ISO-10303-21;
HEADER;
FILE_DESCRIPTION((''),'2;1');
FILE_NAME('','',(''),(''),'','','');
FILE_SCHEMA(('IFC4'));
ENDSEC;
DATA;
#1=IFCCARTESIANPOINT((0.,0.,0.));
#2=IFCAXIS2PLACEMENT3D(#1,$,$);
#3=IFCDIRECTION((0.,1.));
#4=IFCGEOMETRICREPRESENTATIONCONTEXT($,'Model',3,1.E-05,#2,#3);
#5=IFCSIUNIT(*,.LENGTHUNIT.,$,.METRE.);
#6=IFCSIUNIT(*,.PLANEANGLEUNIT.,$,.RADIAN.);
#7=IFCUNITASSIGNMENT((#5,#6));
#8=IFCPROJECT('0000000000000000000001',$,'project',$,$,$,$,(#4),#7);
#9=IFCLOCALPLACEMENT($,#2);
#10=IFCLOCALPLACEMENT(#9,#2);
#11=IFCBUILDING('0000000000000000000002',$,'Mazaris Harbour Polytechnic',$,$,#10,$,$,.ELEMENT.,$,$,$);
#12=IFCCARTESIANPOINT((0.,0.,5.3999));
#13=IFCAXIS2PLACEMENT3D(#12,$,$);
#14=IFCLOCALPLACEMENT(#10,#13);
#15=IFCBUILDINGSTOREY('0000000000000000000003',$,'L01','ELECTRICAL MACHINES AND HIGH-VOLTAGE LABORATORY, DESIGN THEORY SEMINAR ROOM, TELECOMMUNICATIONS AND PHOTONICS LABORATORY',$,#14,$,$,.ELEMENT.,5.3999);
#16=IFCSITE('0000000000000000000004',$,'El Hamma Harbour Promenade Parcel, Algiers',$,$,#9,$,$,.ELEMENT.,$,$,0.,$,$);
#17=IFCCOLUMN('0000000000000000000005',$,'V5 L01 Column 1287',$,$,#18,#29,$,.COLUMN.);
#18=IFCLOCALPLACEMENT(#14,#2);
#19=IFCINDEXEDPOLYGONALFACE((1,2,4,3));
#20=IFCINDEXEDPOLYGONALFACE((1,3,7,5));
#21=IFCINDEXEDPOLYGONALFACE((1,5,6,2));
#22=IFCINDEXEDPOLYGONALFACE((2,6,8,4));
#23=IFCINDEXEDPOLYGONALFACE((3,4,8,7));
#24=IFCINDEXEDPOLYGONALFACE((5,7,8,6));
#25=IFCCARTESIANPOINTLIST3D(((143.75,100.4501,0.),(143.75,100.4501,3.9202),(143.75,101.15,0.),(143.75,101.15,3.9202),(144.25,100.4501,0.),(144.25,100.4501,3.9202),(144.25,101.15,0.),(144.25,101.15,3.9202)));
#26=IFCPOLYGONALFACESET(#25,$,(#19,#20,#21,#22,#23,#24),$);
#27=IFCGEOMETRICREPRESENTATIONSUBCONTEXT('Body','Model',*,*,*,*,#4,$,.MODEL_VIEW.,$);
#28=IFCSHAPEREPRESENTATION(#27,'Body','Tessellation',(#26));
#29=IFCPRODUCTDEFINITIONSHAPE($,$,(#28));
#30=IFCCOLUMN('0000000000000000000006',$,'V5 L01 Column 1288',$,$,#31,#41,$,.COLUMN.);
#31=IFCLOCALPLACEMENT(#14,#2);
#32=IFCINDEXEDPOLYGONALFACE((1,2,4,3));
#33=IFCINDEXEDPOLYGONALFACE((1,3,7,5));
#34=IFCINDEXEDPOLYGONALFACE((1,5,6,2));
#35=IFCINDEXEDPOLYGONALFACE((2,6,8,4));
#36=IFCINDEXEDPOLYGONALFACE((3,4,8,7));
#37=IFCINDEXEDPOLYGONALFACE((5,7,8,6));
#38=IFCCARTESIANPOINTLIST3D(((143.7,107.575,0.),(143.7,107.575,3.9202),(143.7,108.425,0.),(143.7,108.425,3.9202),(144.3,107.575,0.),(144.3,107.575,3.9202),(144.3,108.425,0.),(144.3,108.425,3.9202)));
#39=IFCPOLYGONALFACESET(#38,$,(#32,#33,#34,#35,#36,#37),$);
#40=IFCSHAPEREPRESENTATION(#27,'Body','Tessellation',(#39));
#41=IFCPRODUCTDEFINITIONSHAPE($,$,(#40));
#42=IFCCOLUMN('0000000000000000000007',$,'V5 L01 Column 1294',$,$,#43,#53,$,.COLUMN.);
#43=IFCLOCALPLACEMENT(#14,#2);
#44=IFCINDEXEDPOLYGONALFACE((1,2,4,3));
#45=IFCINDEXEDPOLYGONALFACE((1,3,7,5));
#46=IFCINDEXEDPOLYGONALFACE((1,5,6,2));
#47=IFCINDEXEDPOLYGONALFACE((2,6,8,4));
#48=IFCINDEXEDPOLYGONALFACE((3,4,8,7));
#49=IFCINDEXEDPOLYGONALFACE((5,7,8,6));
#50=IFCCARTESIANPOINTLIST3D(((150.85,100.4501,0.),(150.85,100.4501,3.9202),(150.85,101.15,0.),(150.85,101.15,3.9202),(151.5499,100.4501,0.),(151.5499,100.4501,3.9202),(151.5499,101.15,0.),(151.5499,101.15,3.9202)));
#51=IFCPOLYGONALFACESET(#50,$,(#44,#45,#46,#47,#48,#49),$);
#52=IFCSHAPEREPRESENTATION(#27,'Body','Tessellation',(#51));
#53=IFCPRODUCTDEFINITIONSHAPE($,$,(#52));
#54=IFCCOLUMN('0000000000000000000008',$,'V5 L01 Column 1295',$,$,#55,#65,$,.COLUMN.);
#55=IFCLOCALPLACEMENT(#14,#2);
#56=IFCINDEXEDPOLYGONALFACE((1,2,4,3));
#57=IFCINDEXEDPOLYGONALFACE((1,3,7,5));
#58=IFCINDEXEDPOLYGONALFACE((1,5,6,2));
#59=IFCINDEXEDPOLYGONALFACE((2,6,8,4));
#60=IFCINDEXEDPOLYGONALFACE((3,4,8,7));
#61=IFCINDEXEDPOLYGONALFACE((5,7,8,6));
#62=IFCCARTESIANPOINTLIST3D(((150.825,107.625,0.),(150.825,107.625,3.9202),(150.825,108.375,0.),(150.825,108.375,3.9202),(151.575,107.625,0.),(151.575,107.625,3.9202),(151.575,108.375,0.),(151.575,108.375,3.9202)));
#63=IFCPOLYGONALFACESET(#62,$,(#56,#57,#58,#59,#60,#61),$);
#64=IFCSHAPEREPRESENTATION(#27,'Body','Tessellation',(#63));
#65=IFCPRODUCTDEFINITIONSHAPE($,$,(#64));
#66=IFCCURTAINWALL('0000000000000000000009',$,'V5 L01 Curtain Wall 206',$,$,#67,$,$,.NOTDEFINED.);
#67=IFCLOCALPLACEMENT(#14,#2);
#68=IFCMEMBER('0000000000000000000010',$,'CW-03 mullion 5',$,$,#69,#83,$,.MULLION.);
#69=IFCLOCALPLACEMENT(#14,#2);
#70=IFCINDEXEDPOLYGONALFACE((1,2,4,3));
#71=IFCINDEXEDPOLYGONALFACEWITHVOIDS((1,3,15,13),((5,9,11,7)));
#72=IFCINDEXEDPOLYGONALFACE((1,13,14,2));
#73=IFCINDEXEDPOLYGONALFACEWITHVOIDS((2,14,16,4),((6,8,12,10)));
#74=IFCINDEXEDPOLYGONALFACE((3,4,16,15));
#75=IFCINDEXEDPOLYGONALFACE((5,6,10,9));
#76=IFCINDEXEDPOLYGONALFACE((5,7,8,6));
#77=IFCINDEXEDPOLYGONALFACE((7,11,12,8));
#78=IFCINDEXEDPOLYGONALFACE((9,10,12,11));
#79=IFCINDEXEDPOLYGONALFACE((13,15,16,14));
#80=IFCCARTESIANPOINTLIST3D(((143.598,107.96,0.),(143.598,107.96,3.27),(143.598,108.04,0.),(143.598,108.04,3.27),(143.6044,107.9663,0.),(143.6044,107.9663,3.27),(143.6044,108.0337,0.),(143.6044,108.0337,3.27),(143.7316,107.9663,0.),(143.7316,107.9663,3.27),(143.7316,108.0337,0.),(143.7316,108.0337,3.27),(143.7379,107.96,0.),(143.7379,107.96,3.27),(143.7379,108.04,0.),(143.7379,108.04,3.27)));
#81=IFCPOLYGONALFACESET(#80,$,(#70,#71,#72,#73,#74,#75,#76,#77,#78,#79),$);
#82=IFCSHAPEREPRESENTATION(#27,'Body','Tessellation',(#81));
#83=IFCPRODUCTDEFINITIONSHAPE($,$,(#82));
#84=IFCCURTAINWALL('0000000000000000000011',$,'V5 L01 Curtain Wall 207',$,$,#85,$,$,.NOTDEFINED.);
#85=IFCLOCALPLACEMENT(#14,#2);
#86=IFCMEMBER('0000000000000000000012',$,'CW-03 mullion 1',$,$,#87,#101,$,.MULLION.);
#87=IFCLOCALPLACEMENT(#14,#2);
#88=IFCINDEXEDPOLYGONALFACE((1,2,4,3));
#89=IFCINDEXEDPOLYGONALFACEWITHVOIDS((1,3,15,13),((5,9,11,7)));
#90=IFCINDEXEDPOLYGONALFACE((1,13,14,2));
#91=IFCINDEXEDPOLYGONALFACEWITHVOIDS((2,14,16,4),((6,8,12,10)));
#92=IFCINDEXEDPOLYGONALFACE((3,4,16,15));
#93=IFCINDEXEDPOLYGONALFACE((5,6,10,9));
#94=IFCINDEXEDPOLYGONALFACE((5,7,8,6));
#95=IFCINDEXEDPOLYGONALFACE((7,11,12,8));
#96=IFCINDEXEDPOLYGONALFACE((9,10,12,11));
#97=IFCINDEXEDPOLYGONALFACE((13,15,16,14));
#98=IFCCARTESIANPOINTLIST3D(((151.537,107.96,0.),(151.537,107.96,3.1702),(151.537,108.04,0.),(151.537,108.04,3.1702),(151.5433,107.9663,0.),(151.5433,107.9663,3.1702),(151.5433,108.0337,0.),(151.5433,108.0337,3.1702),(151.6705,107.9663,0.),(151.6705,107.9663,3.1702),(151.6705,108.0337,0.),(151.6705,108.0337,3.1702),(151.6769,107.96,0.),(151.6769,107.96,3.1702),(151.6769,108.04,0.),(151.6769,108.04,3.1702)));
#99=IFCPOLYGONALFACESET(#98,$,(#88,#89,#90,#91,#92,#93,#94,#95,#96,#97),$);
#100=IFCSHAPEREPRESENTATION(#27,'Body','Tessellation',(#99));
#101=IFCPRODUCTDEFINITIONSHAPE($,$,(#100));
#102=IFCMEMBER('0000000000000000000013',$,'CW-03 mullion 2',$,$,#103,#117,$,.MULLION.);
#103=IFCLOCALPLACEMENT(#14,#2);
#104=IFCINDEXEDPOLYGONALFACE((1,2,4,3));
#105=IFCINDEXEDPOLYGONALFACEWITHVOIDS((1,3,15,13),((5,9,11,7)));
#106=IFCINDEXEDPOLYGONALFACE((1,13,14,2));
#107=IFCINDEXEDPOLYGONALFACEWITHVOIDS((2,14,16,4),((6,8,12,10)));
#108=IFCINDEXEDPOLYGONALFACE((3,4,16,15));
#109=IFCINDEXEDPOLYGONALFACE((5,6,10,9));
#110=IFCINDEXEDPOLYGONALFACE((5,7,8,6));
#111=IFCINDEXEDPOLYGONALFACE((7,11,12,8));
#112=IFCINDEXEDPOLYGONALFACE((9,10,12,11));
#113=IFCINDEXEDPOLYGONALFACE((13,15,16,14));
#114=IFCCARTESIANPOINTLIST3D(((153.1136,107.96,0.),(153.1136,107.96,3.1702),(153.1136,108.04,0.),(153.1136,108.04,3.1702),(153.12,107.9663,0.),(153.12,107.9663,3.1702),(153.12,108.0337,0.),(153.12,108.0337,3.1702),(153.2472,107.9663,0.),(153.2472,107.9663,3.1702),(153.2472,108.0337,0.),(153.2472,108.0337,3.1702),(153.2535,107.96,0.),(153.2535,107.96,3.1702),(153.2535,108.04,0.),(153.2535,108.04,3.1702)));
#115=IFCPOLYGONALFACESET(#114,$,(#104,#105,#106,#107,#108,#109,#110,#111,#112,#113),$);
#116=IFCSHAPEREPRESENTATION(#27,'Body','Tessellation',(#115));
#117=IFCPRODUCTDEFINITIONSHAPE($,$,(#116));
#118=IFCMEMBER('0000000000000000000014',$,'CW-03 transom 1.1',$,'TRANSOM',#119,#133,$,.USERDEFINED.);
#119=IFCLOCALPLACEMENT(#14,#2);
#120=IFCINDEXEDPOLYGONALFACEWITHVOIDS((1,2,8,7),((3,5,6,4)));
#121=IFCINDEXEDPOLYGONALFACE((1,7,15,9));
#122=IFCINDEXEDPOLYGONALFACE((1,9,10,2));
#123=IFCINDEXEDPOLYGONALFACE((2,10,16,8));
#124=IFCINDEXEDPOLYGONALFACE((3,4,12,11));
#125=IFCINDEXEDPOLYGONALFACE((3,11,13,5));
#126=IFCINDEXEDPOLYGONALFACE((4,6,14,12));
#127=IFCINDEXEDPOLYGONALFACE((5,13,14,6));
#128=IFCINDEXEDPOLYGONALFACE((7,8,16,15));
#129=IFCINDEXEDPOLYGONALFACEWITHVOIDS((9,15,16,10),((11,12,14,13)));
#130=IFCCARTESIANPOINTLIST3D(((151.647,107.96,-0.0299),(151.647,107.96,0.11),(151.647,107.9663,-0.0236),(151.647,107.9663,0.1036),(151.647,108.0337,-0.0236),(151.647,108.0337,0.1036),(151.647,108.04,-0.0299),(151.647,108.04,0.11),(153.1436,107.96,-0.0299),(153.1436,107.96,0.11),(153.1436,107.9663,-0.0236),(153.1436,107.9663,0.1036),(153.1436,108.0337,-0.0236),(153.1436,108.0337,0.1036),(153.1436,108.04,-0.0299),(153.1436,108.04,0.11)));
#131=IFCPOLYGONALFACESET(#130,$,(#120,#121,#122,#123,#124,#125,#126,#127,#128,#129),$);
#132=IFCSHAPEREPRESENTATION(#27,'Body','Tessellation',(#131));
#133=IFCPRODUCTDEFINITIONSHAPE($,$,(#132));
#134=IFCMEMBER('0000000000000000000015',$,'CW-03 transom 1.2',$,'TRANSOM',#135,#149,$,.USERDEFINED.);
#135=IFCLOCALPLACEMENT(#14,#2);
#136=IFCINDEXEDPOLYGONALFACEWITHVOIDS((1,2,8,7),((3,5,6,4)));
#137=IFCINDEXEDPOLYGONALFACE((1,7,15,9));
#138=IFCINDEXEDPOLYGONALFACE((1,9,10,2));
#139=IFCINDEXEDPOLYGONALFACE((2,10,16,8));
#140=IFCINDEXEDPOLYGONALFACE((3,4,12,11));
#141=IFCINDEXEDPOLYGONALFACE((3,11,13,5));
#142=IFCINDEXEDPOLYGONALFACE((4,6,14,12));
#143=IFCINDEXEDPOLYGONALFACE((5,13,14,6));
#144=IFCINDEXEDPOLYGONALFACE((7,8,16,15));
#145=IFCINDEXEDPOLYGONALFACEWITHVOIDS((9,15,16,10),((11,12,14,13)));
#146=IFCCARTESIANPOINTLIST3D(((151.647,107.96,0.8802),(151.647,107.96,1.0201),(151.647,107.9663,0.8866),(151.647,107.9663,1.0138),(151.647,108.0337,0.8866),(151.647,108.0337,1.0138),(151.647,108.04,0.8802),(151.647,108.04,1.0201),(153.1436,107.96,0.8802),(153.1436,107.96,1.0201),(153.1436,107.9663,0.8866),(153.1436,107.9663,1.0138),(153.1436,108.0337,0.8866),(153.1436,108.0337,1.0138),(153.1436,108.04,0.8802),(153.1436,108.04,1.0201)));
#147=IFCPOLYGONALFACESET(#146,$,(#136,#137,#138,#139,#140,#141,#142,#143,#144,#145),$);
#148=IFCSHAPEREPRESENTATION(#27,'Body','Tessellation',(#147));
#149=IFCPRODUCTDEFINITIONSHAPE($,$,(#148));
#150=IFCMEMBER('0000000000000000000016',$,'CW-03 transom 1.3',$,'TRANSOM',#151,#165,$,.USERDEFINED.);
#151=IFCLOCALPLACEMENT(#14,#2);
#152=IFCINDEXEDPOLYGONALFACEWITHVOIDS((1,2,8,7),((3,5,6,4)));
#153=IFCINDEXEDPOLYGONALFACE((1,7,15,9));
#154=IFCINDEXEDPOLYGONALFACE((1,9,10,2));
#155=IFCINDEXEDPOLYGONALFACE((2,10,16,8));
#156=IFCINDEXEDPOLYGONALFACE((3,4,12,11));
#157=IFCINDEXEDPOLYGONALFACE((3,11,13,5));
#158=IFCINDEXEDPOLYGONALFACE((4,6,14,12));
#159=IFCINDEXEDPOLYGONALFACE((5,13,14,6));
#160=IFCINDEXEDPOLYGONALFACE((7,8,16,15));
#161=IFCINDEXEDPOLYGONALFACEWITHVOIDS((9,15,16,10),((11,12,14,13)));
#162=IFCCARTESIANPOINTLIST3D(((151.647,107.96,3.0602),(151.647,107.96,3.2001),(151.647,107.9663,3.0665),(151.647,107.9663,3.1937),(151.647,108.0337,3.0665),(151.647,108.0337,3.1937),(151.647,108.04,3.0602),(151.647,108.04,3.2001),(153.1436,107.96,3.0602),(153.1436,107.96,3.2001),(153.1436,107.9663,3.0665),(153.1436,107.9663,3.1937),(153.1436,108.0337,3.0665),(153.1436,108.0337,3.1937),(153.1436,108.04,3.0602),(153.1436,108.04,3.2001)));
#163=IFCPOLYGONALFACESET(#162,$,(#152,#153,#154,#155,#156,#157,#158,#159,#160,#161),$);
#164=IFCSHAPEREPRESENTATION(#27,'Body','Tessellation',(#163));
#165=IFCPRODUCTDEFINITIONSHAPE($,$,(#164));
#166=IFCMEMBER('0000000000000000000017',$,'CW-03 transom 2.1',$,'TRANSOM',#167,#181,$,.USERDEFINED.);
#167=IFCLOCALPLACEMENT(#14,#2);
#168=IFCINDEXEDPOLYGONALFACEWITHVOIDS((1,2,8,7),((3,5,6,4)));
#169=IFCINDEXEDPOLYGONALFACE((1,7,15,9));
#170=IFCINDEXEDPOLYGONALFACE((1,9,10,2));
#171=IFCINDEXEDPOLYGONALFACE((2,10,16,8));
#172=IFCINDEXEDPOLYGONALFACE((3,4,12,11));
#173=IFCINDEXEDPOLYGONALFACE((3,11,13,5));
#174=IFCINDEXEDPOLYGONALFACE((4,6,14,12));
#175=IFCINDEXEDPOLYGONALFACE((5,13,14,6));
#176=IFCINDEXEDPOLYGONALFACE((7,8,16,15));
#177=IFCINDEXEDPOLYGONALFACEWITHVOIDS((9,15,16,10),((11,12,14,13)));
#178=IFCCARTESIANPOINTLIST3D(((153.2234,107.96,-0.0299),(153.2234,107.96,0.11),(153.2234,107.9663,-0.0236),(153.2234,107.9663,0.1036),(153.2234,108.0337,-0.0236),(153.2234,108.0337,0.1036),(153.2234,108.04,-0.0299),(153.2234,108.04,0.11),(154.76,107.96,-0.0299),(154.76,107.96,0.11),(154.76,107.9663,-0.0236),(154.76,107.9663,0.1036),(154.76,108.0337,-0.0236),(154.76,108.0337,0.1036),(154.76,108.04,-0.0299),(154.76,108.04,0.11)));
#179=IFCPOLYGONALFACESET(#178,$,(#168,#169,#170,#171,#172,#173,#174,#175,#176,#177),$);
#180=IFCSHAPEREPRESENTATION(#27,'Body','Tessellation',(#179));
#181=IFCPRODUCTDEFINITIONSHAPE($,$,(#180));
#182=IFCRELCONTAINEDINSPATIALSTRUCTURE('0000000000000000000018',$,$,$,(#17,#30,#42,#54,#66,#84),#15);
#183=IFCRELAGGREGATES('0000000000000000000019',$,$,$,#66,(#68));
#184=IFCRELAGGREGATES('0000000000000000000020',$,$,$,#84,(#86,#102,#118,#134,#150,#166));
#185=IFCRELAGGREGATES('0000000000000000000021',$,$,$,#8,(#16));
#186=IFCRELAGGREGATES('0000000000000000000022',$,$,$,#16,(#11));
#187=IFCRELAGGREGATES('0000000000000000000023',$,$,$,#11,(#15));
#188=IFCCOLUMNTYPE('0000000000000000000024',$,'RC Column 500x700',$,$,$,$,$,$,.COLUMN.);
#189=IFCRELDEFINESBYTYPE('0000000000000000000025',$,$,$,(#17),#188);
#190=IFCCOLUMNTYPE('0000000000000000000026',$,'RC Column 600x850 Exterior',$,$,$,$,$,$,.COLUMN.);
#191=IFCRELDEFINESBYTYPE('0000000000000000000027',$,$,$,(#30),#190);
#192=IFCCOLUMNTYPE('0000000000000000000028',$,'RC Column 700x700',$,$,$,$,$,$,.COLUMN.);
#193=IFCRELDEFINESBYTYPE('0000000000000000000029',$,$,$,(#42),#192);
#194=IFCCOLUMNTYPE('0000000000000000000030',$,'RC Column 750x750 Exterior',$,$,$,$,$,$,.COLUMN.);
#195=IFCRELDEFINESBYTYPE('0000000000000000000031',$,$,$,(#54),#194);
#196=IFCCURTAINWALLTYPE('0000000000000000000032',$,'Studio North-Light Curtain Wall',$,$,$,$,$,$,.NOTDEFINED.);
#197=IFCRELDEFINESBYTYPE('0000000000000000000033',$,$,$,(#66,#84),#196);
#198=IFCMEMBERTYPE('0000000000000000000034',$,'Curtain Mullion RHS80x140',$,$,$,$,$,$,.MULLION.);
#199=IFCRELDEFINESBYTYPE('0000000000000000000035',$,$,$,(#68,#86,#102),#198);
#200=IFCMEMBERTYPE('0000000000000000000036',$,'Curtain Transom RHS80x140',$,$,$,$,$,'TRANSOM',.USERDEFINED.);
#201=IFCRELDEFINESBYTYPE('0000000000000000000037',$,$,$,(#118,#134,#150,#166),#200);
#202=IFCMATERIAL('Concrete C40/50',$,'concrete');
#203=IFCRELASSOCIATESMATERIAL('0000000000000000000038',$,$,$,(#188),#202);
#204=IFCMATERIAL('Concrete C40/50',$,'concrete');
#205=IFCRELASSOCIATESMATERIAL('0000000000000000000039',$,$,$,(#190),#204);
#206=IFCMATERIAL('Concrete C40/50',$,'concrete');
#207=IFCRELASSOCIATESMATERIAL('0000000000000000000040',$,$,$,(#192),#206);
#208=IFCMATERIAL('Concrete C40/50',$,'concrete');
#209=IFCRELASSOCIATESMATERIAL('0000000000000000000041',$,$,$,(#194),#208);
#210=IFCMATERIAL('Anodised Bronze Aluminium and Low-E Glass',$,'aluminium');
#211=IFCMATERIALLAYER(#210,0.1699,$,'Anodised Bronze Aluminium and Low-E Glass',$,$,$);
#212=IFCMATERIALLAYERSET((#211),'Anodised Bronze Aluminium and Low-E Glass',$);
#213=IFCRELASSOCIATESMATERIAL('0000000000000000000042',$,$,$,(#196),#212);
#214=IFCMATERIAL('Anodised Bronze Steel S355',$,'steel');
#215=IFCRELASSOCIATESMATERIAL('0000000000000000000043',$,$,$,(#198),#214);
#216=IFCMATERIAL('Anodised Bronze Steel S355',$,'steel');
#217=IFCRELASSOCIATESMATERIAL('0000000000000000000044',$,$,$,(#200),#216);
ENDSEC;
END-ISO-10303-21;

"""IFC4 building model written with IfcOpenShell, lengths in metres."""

from ifc_helpers import new_model, si_unit, direction, frame, origin, origin_2d, place, context, subcontext, project, spatial, rectangle, hollow_rectangle, extrude, material, layer, layer_set, material_profile, profile_set, type_object, element, aggregate, save


model = new_model("IFC4")

# Units and contexts
model_context = context("Model", 3, precision=1e-05, world=origin(), true_north=direction((0.0, 1.0)))
body_context = subcontext(model_context, "Body", "Model", "MODEL_VIEW")
ifc_project = project(units=[si_unit("LENGTHUNIT", "METRE"), si_unit("PLANEANGLEUNIT", "RADIAN")], contexts=[model_context])

# Site, building, storey
site_placement = place(None, origin())
site = spatial("IfcSite", under=ifc_project, at=site_placement, Name="El Hamma Harbour Promenade Parcel, Algiers", CompositionType="ELEMENT", RefElevation=0.0)
building_placement = place(site_placement, origin())
building = spatial("IfcBuilding", under=site, at=building_placement, Name="Mazaris Harbour Polytechnic", CompositionType="ELEMENT")
storey_placement = place(building_placement, frame((0.0, 0.0, 5.3999)))
storey = spatial("IfcBuildingStorey", under=building, at=storey_placement, Name="L01", Description="ELECTRICAL MACHINES AND HIGH-VOLTAGE LABORATORY, DESIGN THEORY SEMINAR ROOM, TELECOMMUNICATIONS AND PHOTONICS LABORATORY", CompositionType="ELEMENT", Elevation=5.3999)

# Columns
ifc_material_1 = material(Name="Concrete C40/50", Category="concrete")
ifc_material_profile_1 = material_profile(ifc_material_1, rectangle(XDim=0.5, YDim=0.7, at=origin_2d()), Name="RECT500x700")
ifc_profile_set_1 = profile_set([ifc_material_profile_1], Name="Concrete C40/50")
column_type_1 = type_object("IfcColumnType", Name="RC Column 500x700", PredefinedType="COLUMN", material=ifc_profile_set_1)
column_1_placement = place(storey_placement, frame((144.0, 100.8, 0.0), z_axis=(0.0, 0.0, 1.0), x_axis=(1.0, 0.0, 0.0)))
element("IfcColumn", 1, at=column_1_placement, inside=storey, type_object=column_type_1, Name="V5 L01 Column 1287", PredefinedType="COLUMN", context=body_context, shape_type="SweptSolid", body=[
    extrude(rectangle(XDim=0.5, YDim=0.7, at=origin_2d()), origin(), (0.0, 0.0, 1.0), 3.9202),
])
ifc_material_2 = material(Name="Concrete C40/50", Category="concrete")
ifc_material_profile_2 = material_profile(ifc_material_2, rectangle(XDim=0.6001, YDim=0.8501, at=origin_2d()), Name="RECT600x850")
ifc_profile_set_2 = profile_set([ifc_material_profile_2], Name="Concrete C40/50")
column_type_2 = type_object("IfcColumnType", Name="RC Column 600x850 Exterior", PredefinedType="COLUMN", material=ifc_profile_set_2)
column_2_placement = place(storey_placement, frame((144.0, 108.0, 0.0), z_axis=(0.0, 0.0, 1.0), x_axis=(1.0, 0.0, 0.0)))
element("IfcColumn", 2, at=column_2_placement, inside=storey, type_object=column_type_2, Name="V5 L01 Column 1288", PredefinedType="COLUMN", context=body_context, shape_type="SweptSolid", body=[
    extrude(rectangle(XDim=0.6001, YDim=0.8501, at=origin_2d()), origin(), (0.0, 0.0, 1.0), 3.9202),
])
ifc_material_3 = material(Name="Concrete C40/50", Category="concrete")
ifc_material_profile_3 = material_profile(ifc_material_3, rectangle(XDim=0.7, YDim=0.7, at=origin_2d()), Name="RECT700x700")
ifc_profile_set_3 = profile_set([ifc_material_profile_3], Name="Concrete C40/50")
column_type_3 = type_object("IfcColumnType", Name="RC Column 700x700", PredefinedType="COLUMN", material=ifc_profile_set_3)
column_3_placement = place(storey_placement, frame((151.2, 100.8, 0.0), z_axis=(0.0, 0.0, 1.0), x_axis=(1.0, 0.0, 0.0)))
element("IfcColumn", 3, at=column_3_placement, inside=storey, type_object=column_type_3, Name="V5 L01 Column 1294", PredefinedType="COLUMN", context=body_context, shape_type="SweptSolid", body=[
    extrude(rectangle(XDim=0.7, YDim=0.7, at=origin_2d()), origin(), (0.0, 0.0, 1.0), 3.9202),
])
ifc_material_4 = material(Name="Concrete C40/50", Category="concrete")
ifc_material_profile_4 = material_profile(ifc_material_4, rectangle(XDim=0.75, YDim=0.75, at=origin_2d()), Name="RECT750x750")
ifc_profile_set_4 = profile_set([ifc_material_profile_4], Name="Concrete C40/50")
column_type_4 = type_object("IfcColumnType", Name="RC Column 750x750 Exterior", PredefinedType="COLUMN", material=ifc_profile_set_4)
column_4_placement = place(storey_placement, frame((151.2, 108.0, 0.0), z_axis=(0.0, 0.0, 1.0), x_axis=(1.0, 0.0, 0.0)))
element("IfcColumn", 4, at=column_4_placement, inside=storey, type_object=column_type_4, Name="V5 L01 Column 1295", PredefinedType="COLUMN", context=body_context, shape_type="SweptSolid", body=[
    extrude(rectangle(XDim=0.75, YDim=0.75, at=origin_2d()), origin(), (0.0, 0.0, 1.0), 3.9202),
])

# Curtain wall, member
ifc_material_5 = material(Name="Anodised Bronze Aluminium and Low-E Glass", Category="aluminium")
ifc_layer_1 = layer(ifc_material_5, 0.1699, Name="Anodised Bronze Aluminium and Low-E Glass")
ifc_layer_set_1 = layer_set([ifc_layer_1], Name="Anodised Bronze Aluminium and Low-E Glass")
curtain_wall_type = type_object("IfcCurtainWallType", Name="Studio North-Light Curtain Wall", PredefinedType="NOTDEFINED", material=ifc_layer_set_1)
curtain_wall_1_placement = place(storey_placement, origin())
curtain_wall_1 = element("IfcCurtainWall", 5, at=curtain_wall_1_placement, inside=storey, type_object=curtain_wall_type, Name="V5 L01 Curtain Wall 206", PredefinedType="NOTDEFINED")
ifc_material_6 = material(Name="Anodised Bronze Steel S355", Category="steel")
ifc_material_profile_5 = material_profile(ifc_material_6, hollow_rectangle(XDim=0.0801, YDim=0.1399, WallThickness=0.0063, at=origin_2d()), Name="RHS 80x140x6.3")
ifc_profile_set_5 = profile_set([ifc_material_profile_5], Name="Anodised Bronze Steel S355")
member_type_1 = type_object("IfcMemberType", Name="Curtain Mullion RHS80x140", PredefinedType="MULLION", material=ifc_profile_set_5)
member_1_placement = place(storey_placement, frame((143.668, 108.0, 0.0), z_axis=(0.0, 0.0, 1.0), x_axis=(0.0, 1.0, 0.0)))
member_1 = element("IfcMember", 6, at=member_1_placement, type_object=member_type_1, Name="CW-03 mullion 5", PredefinedType="MULLION", context=body_context, shape_type="SweptSolid", body=[
    extrude(hollow_rectangle(XDim=0.0801, YDim=0.1399, WallThickness=0.0063, at=origin_2d()), origin(), (0.0, 0.0, 1.0), 3.27),
])

# Curtain wall, members
curtain_wall_2_placement = place(storey_placement, origin())
curtain_wall_2 = element("IfcCurtainWall", 7, at=curtain_wall_2_placement, inside=storey, type_object=curtain_wall_type, Name="V5 L01 Curtain Wall 207", PredefinedType="NOTDEFINED")
member_2_placement = place(storey_placement, frame((151.6069, 108.0, 0.0), z_axis=(0.0, 0.0, 1.0), x_axis=(0.0, 1.0, 0.0)))
member_2 = element("IfcMember", 8, at=member_2_placement, type_object=member_type_1, Name="CW-03 mullion 1", PredefinedType="MULLION", context=body_context, shape_type="SweptSolid", body=[
    extrude(hollow_rectangle(XDim=0.0801, YDim=0.1399, WallThickness=0.0063, at=origin_2d()), origin(), (0.0, 0.0, 1.0), 3.1702),
])
member_3_placement = place(storey_placement, frame((153.1836, 108.0, 0.0), z_axis=(0.0, 0.0, 1.0), x_axis=(0.0, 1.0, 0.0)))
member_3 = element("IfcMember", 9, at=member_3_placement, type_object=member_type_1, Name="CW-03 mullion 2", PredefinedType="MULLION", context=body_context, shape_type="SweptSolid", body=[
    extrude(hollow_rectangle(XDim=0.0801, YDim=0.1399, WallThickness=0.0063, at=origin_2d()), origin(), (0.0, 0.0, 1.0), 3.1702),
])
ifc_material_7 = material(Name="Anodised Bronze Steel S355", Category="steel")
ifc_material_profile_6 = material_profile(ifc_material_7, hollow_rectangle(XDim=0.0801, YDim=0.1399, WallThickness=0.0063, at=origin_2d()), Name="RHS 80x140x6.3")
ifc_profile_set_6 = profile_set([ifc_material_profile_6], Name="Anodised Bronze Steel S355")
member_type_2 = type_object("IfcMemberType", Name="Curtain Transom RHS80x140", ElementType="TRANSOM", PredefinedType="USERDEFINED", material=ifc_profile_set_6)
member_4_placement = place(storey_placement, frame((151.647, 108.0, 0.04), z_axis=(1.0, 0.0, 0.0), x_axis=(0.0, 1.0, 0.0)))
member_4 = element("IfcMember", 10, at=member_4_placement, type_object=member_type_2, Name="CW-03 transom 1.1", ObjectType="TRANSOM", PredefinedType="USERDEFINED", context=body_context, shape_type="SweptSolid", body=[
    extrude(hollow_rectangle(XDim=0.0801, YDim=0.1399, WallThickness=0.0063, at=origin_2d()), origin(), (0.0, 0.0, 1.0), 1.4966),
])
member_5_placement = place(storey_placement, frame((151.647, 108.0, 0.9502), z_axis=(1.0, 0.0, 0.0), x_axis=(0.0, 1.0, 0.0)))
member_5 = element("IfcMember", 11, at=member_5_placement, type_object=member_type_2, Name="CW-03 transom 1.2", ObjectType="TRANSOM", PredefinedType="USERDEFINED", context=body_context, shape_type="SweptSolid", body=[
    extrude(hollow_rectangle(XDim=0.0801, YDim=0.1399, WallThickness=0.0063, at=origin_2d()), origin(), (0.0, 0.0, 1.0), 1.4966),
])
member_6_placement = place(storey_placement, frame((151.647, 108.0, 3.1301), z_axis=(1.0, 0.0, 0.0), x_axis=(0.0, 1.0, 0.0)))
member_6 = element("IfcMember", 12, at=member_6_placement, type_object=member_type_2, Name="CW-03 transom 1.3", ObjectType="TRANSOM", PredefinedType="USERDEFINED", context=body_context, shape_type="SweptSolid", body=[
    extrude(hollow_rectangle(XDim=0.0801, YDim=0.1399, WallThickness=0.0063, at=origin_2d()), origin(), (0.0, 0.0, 1.0), 1.4966),
])
member_7_placement = place(storey_placement, frame((153.2234, 108.0, 0.04), z_axis=(1.0, 0.0, 0.0), x_axis=(0.0, 1.0, 0.0)))
member_7 = element("IfcMember", 13, at=member_7_placement, type_object=member_type_2, Name="CW-03 transom 2.1", ObjectType="TRANSOM", PredefinedType="USERDEFINED", context=body_context, shape_type="SweptSolid", body=[
    extrude(hollow_rectangle(XDim=0.0801, YDim=0.1399, WallThickness=0.0063, at=origin_2d()), origin(), (0.0, 0.0, 1.0), 1.5366),
])

aggregate(curtain_wall_1, [member_1])
aggregate(curtain_wall_2, [member_2, member_3, member_4, member_5, member_6, member_7])

save(model, "model.ifc")
